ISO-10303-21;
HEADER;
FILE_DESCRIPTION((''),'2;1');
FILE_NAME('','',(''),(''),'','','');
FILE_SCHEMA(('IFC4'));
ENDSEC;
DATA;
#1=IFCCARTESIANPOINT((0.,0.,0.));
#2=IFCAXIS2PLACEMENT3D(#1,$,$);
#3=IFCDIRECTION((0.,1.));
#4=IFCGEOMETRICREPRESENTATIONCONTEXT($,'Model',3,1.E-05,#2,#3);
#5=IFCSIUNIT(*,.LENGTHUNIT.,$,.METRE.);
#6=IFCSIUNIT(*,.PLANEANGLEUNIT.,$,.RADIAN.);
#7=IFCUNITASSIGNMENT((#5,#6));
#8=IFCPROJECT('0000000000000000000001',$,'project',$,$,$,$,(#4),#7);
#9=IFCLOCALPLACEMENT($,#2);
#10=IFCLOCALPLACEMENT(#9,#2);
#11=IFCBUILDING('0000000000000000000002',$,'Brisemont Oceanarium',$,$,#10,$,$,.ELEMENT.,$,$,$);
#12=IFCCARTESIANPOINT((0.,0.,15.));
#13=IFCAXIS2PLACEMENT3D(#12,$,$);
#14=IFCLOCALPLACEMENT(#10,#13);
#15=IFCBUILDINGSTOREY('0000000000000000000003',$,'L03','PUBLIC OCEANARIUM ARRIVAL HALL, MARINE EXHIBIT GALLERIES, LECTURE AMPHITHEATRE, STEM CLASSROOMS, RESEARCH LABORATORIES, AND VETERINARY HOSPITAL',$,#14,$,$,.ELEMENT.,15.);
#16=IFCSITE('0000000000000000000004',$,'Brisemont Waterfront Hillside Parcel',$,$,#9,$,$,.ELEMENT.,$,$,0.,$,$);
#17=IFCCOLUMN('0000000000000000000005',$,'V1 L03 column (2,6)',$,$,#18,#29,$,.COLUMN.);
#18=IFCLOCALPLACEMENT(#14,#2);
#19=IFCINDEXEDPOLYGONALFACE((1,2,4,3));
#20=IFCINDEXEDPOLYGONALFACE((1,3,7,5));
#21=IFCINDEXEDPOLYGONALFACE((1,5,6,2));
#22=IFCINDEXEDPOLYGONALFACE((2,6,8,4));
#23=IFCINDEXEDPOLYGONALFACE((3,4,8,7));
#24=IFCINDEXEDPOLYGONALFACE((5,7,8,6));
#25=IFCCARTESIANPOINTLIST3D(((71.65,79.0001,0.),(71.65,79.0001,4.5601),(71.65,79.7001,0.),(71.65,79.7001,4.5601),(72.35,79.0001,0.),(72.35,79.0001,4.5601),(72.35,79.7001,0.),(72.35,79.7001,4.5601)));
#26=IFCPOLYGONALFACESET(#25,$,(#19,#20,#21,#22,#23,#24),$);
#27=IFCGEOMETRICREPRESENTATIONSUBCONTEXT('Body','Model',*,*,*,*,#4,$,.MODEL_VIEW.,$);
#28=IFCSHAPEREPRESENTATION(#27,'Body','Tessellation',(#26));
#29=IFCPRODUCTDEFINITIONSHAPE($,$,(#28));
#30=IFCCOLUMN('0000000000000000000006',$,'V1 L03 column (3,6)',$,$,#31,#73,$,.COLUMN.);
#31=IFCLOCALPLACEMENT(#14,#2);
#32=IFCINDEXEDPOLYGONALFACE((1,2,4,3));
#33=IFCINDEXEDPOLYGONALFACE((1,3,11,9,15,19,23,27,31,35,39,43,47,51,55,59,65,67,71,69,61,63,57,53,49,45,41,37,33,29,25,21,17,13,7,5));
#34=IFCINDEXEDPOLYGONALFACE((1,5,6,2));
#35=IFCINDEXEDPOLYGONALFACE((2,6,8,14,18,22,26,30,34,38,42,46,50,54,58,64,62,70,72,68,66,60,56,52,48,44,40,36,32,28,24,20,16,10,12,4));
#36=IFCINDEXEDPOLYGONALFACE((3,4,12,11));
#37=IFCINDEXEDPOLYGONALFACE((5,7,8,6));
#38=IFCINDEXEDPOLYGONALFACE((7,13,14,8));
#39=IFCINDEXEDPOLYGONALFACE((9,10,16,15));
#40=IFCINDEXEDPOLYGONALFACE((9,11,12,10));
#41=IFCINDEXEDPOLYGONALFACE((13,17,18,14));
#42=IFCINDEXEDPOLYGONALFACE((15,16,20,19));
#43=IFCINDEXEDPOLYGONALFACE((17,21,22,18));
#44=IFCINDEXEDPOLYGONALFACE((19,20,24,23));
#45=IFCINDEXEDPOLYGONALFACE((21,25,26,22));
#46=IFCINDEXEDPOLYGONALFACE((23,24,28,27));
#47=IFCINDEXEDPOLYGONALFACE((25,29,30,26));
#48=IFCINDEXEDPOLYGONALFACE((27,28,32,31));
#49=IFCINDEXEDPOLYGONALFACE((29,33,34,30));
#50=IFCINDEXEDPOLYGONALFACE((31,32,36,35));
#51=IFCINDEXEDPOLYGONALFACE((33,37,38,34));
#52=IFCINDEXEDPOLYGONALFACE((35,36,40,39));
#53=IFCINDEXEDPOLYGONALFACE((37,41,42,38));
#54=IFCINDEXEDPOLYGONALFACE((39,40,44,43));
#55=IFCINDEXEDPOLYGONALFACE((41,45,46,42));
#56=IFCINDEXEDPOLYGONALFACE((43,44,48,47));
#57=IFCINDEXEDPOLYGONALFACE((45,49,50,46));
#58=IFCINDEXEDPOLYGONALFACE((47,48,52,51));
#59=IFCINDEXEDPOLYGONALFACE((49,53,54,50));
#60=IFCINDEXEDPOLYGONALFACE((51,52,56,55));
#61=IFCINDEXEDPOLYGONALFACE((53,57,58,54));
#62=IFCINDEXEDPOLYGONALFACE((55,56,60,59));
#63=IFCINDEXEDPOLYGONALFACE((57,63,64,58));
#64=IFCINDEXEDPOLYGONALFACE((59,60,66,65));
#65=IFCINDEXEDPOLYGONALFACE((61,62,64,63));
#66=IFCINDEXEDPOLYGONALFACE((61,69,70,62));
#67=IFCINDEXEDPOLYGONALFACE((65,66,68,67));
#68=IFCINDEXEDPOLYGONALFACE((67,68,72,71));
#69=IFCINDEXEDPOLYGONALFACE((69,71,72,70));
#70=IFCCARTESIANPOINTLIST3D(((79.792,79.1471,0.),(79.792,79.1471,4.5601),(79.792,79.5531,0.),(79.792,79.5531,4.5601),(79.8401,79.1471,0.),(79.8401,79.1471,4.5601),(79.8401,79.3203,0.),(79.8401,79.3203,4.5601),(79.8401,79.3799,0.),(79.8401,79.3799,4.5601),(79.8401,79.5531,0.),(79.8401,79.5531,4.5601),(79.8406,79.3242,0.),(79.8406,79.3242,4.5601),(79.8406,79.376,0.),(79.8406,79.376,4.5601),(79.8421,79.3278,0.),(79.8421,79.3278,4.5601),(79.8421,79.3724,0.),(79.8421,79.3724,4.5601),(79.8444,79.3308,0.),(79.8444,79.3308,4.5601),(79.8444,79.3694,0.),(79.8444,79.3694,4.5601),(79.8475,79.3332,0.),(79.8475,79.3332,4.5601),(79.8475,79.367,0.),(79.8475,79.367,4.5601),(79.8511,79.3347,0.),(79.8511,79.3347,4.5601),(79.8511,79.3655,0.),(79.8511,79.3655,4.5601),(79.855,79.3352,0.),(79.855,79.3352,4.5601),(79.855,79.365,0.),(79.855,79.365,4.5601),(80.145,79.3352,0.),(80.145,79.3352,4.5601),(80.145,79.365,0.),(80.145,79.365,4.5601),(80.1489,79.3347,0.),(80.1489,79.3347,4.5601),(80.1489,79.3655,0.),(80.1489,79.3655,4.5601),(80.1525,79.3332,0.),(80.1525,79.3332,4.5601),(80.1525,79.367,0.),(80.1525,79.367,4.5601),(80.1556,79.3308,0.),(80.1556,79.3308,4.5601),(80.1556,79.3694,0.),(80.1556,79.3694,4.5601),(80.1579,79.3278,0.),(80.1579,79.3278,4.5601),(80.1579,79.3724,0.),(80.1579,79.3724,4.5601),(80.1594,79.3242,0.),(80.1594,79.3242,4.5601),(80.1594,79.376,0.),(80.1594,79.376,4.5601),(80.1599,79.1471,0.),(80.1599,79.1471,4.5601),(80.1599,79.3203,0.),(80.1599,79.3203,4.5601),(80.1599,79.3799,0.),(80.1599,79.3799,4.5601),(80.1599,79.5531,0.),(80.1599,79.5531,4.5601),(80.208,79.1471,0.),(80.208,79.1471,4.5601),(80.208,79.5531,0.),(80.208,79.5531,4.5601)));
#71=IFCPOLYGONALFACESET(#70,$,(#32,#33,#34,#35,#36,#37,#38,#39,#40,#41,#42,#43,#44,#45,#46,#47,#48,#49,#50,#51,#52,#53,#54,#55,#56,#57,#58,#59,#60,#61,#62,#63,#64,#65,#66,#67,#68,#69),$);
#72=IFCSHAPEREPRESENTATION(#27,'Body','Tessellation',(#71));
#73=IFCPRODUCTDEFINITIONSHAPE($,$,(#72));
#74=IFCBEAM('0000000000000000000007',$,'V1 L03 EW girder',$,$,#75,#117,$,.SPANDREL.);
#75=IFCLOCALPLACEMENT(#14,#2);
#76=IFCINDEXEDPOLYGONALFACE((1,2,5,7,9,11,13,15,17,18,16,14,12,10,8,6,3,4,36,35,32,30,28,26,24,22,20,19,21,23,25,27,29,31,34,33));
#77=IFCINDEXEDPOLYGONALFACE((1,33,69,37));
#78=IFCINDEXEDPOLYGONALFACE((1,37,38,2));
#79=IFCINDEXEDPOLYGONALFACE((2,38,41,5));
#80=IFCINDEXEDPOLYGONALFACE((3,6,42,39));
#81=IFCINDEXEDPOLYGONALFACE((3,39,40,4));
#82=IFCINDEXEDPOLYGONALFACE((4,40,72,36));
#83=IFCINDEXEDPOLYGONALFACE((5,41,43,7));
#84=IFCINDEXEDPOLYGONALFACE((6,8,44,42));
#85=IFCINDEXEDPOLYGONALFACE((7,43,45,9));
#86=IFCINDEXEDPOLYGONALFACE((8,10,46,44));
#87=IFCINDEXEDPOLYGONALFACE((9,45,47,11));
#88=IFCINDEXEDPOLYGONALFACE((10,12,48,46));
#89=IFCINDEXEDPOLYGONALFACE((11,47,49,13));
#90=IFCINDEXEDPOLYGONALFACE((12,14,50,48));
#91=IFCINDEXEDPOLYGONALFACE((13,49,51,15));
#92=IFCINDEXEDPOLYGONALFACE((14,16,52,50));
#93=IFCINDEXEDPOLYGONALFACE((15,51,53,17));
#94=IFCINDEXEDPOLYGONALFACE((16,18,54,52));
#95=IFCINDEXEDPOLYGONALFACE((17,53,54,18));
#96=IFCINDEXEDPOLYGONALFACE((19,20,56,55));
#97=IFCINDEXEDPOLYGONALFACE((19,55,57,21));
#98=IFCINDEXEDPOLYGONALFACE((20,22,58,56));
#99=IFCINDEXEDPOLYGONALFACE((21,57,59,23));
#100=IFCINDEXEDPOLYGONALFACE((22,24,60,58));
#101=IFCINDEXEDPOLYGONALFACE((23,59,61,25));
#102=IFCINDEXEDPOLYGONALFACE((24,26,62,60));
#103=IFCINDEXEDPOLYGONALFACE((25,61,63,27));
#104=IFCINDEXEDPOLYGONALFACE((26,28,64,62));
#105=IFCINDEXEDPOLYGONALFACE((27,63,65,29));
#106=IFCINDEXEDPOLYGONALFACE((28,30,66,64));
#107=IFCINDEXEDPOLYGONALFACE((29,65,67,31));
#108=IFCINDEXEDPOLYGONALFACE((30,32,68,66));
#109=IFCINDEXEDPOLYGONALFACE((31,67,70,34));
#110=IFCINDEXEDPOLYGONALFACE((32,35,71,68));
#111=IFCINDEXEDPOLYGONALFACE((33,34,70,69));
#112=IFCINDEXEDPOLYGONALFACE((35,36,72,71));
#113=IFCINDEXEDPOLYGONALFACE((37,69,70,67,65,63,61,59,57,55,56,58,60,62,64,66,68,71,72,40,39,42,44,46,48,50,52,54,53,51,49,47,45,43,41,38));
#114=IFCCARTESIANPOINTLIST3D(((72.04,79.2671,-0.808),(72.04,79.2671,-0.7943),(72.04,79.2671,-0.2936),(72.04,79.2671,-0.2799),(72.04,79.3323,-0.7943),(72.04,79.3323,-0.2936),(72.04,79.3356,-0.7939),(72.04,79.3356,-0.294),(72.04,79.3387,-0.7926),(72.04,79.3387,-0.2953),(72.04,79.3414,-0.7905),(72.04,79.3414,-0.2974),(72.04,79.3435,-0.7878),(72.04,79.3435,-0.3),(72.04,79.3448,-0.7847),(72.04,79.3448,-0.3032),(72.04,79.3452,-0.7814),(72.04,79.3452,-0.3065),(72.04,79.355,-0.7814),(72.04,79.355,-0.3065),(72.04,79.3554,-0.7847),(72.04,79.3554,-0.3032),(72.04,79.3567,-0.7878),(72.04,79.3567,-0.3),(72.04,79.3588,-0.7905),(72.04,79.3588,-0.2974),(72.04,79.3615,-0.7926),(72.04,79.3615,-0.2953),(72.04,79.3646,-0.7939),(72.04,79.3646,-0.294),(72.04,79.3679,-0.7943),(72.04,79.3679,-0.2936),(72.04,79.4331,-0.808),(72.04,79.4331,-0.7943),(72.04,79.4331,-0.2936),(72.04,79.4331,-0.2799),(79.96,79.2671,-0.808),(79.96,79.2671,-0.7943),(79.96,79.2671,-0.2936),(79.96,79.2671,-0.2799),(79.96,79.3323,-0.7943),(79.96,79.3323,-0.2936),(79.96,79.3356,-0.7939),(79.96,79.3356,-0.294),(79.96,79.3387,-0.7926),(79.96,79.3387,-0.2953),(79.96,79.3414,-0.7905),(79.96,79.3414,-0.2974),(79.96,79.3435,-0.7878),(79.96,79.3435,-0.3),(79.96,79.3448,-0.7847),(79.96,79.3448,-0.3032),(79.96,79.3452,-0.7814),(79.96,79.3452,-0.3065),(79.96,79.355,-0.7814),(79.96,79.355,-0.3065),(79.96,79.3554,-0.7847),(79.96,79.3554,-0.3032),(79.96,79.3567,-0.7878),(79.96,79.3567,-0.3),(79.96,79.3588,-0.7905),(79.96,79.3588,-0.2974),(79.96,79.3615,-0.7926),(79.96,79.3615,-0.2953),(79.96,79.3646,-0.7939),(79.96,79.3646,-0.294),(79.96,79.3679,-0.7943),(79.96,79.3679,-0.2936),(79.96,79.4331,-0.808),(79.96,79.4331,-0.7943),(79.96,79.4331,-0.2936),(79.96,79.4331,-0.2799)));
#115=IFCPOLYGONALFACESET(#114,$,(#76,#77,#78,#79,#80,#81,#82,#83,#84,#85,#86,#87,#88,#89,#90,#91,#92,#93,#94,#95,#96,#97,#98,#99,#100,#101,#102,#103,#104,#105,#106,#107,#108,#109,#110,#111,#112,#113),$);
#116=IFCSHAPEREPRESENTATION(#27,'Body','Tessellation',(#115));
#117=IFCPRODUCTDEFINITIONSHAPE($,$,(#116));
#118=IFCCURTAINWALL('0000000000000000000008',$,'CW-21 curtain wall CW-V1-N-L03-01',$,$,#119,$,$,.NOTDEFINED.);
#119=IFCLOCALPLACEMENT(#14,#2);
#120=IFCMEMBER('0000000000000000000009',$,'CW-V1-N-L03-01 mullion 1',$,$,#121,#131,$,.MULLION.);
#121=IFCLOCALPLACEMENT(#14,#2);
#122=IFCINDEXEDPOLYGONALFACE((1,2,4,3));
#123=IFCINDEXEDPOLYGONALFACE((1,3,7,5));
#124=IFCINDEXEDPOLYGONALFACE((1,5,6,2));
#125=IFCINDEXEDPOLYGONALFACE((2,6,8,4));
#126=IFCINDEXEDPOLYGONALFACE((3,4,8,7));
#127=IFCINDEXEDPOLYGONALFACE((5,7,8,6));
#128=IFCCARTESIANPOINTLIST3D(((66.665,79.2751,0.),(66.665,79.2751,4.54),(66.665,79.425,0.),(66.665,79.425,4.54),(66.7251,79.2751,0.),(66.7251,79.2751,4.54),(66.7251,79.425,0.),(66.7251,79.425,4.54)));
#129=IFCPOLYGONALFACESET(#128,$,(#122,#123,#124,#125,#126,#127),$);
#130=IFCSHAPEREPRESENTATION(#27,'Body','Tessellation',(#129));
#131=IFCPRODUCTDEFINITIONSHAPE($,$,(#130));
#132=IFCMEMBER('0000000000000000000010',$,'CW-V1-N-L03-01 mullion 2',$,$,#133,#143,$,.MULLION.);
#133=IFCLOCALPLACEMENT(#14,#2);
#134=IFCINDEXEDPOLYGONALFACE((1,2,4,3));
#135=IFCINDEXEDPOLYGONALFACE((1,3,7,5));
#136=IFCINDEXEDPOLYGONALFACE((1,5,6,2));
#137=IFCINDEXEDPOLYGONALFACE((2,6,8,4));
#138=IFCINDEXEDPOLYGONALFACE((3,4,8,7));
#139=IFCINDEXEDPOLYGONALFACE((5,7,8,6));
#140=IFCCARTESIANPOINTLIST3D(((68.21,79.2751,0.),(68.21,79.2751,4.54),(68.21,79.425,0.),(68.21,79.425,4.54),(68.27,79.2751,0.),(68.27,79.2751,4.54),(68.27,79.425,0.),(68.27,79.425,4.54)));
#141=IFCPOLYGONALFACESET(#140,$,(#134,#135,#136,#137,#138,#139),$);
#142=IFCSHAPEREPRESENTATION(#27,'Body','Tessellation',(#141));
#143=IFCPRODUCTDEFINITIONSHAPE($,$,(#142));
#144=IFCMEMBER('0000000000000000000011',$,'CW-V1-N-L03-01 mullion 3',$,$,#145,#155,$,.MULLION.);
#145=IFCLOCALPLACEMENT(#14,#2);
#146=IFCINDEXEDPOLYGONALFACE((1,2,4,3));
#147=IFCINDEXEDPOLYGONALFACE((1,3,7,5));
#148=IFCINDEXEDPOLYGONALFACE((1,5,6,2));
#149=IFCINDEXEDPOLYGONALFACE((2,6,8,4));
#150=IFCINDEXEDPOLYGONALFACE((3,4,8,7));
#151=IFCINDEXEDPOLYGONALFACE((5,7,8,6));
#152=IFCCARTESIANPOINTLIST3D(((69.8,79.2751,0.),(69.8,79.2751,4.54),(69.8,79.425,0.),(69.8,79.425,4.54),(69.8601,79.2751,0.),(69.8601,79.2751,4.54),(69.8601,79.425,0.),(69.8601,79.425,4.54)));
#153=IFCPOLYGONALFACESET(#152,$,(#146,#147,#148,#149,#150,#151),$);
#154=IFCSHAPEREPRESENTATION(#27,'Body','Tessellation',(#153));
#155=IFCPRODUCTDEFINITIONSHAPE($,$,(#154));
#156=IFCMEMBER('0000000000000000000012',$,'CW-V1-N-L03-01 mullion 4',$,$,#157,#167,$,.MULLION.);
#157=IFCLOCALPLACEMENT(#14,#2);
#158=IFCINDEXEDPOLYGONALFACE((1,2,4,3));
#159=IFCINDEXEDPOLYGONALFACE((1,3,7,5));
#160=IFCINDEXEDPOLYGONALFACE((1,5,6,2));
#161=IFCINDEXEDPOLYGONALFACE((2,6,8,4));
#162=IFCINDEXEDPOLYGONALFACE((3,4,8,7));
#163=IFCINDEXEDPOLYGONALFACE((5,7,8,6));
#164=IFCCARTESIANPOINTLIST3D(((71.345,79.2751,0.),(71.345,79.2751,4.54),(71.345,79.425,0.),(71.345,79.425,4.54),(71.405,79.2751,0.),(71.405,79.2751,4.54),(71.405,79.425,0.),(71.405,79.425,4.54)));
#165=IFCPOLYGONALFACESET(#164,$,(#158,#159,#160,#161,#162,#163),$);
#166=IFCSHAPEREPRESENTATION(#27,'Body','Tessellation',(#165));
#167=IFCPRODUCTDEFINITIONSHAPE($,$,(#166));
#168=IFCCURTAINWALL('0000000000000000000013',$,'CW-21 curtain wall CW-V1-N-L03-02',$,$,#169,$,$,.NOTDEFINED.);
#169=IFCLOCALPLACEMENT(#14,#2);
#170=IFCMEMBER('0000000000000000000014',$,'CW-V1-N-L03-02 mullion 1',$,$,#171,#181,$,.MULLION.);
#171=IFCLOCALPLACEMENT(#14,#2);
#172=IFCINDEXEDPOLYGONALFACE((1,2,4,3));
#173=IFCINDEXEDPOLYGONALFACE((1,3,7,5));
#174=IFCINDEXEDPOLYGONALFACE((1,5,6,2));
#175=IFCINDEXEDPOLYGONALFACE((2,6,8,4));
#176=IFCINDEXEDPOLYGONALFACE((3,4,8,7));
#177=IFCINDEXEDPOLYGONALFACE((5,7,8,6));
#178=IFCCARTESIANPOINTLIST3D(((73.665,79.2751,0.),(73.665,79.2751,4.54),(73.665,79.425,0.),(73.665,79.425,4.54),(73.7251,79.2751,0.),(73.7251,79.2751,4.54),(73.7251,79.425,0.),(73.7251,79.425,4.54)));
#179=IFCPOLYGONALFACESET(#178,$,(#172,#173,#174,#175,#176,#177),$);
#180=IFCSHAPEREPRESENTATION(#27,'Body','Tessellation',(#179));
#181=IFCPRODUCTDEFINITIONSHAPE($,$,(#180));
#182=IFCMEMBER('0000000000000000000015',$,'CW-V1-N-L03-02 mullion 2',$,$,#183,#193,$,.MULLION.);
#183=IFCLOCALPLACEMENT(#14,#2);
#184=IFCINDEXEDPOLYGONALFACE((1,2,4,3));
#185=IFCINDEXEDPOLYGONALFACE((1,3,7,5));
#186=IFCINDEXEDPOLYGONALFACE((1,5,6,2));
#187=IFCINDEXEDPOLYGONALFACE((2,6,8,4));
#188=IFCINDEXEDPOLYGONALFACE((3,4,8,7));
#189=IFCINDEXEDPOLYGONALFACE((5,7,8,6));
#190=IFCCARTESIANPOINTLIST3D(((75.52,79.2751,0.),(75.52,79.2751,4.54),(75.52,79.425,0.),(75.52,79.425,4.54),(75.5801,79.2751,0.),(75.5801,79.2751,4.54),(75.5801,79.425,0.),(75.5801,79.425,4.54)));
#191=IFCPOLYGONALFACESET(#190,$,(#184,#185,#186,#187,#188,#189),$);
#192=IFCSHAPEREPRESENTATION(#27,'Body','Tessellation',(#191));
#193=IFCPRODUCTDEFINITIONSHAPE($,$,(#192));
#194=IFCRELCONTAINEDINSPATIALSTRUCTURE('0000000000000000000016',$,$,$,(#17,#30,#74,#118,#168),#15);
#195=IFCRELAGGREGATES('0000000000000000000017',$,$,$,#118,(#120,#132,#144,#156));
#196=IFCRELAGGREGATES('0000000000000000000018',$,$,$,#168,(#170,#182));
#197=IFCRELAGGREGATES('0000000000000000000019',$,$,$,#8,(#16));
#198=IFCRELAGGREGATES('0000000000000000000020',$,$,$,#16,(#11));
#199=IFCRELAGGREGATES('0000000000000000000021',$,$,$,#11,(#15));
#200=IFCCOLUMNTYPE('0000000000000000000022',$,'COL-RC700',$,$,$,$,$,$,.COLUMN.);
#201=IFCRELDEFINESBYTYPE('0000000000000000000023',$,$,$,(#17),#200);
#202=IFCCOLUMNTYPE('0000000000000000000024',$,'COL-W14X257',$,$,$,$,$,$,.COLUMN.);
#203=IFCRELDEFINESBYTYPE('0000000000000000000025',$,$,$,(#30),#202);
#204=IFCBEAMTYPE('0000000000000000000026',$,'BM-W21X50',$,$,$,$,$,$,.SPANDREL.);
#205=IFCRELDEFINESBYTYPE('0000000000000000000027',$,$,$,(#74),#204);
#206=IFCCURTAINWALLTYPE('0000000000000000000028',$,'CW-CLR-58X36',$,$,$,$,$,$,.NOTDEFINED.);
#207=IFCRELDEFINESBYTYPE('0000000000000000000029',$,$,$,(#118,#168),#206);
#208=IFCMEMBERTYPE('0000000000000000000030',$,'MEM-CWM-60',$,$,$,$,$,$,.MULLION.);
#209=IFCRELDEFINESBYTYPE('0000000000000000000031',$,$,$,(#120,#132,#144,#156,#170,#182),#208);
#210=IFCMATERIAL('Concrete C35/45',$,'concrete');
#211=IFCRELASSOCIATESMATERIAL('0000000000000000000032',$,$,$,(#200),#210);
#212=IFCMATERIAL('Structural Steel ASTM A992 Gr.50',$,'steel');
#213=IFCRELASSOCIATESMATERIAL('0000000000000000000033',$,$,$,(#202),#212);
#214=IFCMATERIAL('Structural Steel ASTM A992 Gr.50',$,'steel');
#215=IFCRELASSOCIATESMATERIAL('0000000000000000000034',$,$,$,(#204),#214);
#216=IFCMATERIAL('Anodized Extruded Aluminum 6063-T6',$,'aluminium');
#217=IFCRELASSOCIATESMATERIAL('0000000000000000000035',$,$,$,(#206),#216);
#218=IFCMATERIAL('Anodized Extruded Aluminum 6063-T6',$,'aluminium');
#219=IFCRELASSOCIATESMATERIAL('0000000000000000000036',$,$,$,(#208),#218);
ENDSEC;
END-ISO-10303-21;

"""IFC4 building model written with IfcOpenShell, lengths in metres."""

from ifc_helpers import new_model, si_unit, direction, frame, origin, origin_2d, place, context, subcontext, project, spatial, rectangle, i_section, extrude, material, material_profile, profile_set, type_object, element, aggregate, save


model = new_model("IFC4")

# Units and contexts
model_context = context("Model", 3, precision=1e-05, world=origin(), true_north=direction((0.0, 1.0)))
body_context = subcontext(model_context, "Body", "Model", "MODEL_VIEW")
ifc_project = project(units=[si_unit("LENGTHUNIT", "METRE"), si_unit("PLANEANGLEUNIT", "RADIAN")], contexts=[model_context])

# Site, building, storey
site_placement = place(None, origin())
site = spatial("IfcSite", under=ifc_project, at=site_placement, Name="Brisemont Waterfront Hillside Parcel", CompositionType="ELEMENT", RefElevation=0.0)
building_placement = place(site_placement, origin())
building = spatial("IfcBuilding", under=site, at=building_placement, Name="Brisemont Oceanarium", CompositionType="ELEMENT")
storey_placement = place(building_placement, frame((0.0, 0.0, 15.0)))
storey = spatial("IfcBuildingStorey", under=building, at=storey_placement, Name="L03", Description="PUBLIC OCEANARIUM ARRIVAL HALL, MARINE EXHIBIT GALLERIES, LECTURE AMPHITHEATRE, STEM CLASSROOMS, RESEARCH LABORATORIES, AND VETERINARY HOSPITAL", CompositionType="ELEMENT", Elevation=15.0)

# Columns
ifc_material_1 = material(Name="Concrete C35/45", Category="concrete")
ifc_material_profile_1 = material_profile(ifc_material_1, rectangle(XDim=0.7, YDim=0.7, at=origin_2d()), Name="RC-COL-700X700")
ifc_profile_set_1 = profile_set([ifc_material_profile_1], Name="Concrete C35/45")
column_type_1 = type_object("IfcColumnType", Name="COL-RC700", PredefinedType="COLUMN", material=ifc_profile_set_1)
column_1_placement = place(storey_placement, frame((72.0, 79.3501, 0.0), z_axis=(0.0, 0.0, 1.0), x_axis=(1.0, 0.0, 0.0)))
element("IfcColumn", 1, at=column_1_placement, inside=storey, type_object=column_type_1, Name="V1 L03 column (2,6)", PredefinedType="COLUMN", context=body_context, shape_type="SweptSolid", body=[
    extrude(rectangle(XDim=0.7, YDim=0.7, at=origin_2d()), origin(), (0.0, 0.0, 1.0), 4.5601),
])
ifc_material_2 = material(Name="Structural Steel ASTM A992 Gr.50", Category="steel")
ifc_material_profile_2 = material_profile(ifc_material_2, i_section(OverallWidth=0.406, OverallDepth=0.416, WebThickness=0.0298, FlangeThickness=0.0481, FilletRadius=0.0149, at=origin_2d()), Name="W14X257")
ifc_profile_set_2 = profile_set([ifc_material_profile_2], Name="Structural Steel ASTM A992 Gr.50")
column_type_2 = type_object("IfcColumnType", Name="COL-W14X257", PredefinedType="COLUMN", material=ifc_profile_set_2)
column_2_placement = place(storey_placement, frame((80.0, 79.3501, 0.0), z_axis=(0.0, 0.0, 1.0), x_axis=(0.0, 1.0, 0.0)))
element("IfcColumn", 2, at=column_2_placement, inside=storey, type_object=column_type_2, Name="V1 L03 column (3,6)", PredefinedType="COLUMN", context=body_context, shape_type="SweptSolid", body=[
    extrude(i_section(OverallWidth=0.406, OverallDepth=0.416, WebThickness=0.0298, FlangeThickness=0.0481, FilletRadius=0.0149, at=origin_2d()), origin(), (0.0, 0.0, 1.0), 4.5601),
])

# Beam
ifc_material_3 = material(Name="Structural Steel ASTM A992 Gr.50", Category="steel")
ifc_material_profile_3 = material_profile(ifc_material_3, i_section(OverallWidth=0.166, OverallDepth=0.5281, WebThickness=0.0098, FlangeThickness=0.0137, FilletRadius=0.0129, at=origin_2d()), Name="W21X50")
ifc_profile_set_3 = profile_set([ifc_material_profile_3], Name="Structural Steel ASTM A992 Gr.50")
beam_type = type_object("IfcBeamType", Name="BM-W21X50", PredefinedType="SPANDREL", material=ifc_profile_set_3)
beam_placement = place(storey_placement, frame((72.04, 79.3501, -0.5439), z_axis=(1.0, 0.0, 0.0), x_axis=(0.0, 1.0, 0.0)))
element("IfcBeam", 3, at=beam_placement, inside=storey, type_object=beam_type, Name="V1 L03 EW girder", PredefinedType="SPANDREL", context=body_context, shape_type="SweptSolid", body=[
    extrude(i_section(OverallWidth=0.166, OverallDepth=0.5281, WebThickness=0.0098, FlangeThickness=0.0137, FilletRadius=0.0129, at=origin_2d()), origin(), (0.0, 0.0, 1.0), 7.9199),
])

# Curtain walls, members
ifc_material_4 = material(Name="Anodized Extruded Aluminum 6063-T6", Category="aluminium")
curtain_wall_type = type_object("IfcCurtainWallType", Name="CW-CLR-58X36", PredefinedType="NOTDEFINED", material=ifc_material_4)
curtain_wall_1_placement = place(storey_placement, origin())
curtain_wall_1 = element("IfcCurtainWall", 4, at=curtain_wall_1_placement, inside=storey, type_object=curtain_wall_type, Name="CW-21 curtain wall CW-V1-N-L03-01", PredefinedType="NOTDEFINED")
ifc_material_5 = material(Name="Anodized Extruded Aluminum 6063-T6", Category="aluminium")
ifc_material_profile_4 = material_profile(ifc_material_5, rectangle(XDim=0.0601, YDim=0.1499, at=origin_2d()), Name="CWM-60X150")
ifc_profile_set_4 = profile_set([ifc_material_profile_4], Name="Anodized Extruded Aluminum 6063-T6")
member_type_1 = type_object("IfcMemberType", Name="MEM-CWM-60", PredefinedType="MULLION", material=ifc_profile_set_4)
member_1_placement = place(storey_placement, frame((66.6951, 79.3501, 0.0), z_axis=(0.0, 0.0, 1.0), x_axis=(1.0, 0.0, 0.0)))
member_1 = element("IfcMember", 5, at=member_1_placement, type_object=member_type_1, Name="CW-V1-N-L03-01 mullion 1", PredefinedType="MULLION", context=body_context, shape_type="SweptSolid", body=[
    extrude(rectangle(XDim=0.0601, YDim=0.1499, at=origin_2d()), origin(), (0.0, 0.0, 1.0), 4.54),
])
member_2_placement = place(storey_placement, frame((68.24, 79.3501, 0.0), z_axis=(0.0, 0.0, 1.0), x_axis=(1.0, 0.0, 0.0)))
member_2 = element("IfcMember", 6, at=member_2_placement, type_object=member_type_1, Name="CW-V1-N-L03-01 mullion 2", PredefinedType="MULLION", context=body_context, shape_type="SweptSolid", body=[
    extrude(rectangle(XDim=0.0601, YDim=0.1499, at=origin_2d()), origin(), (0.0, 0.0, 1.0), 4.54),
])
member_3_placement = place(storey_placement, frame((69.8301, 79.3501, 0.0), z_axis=(0.0, 0.0, 1.0), x_axis=(1.0, 0.0, 0.0)))
member_3 = element("IfcMember", 7, at=member_3_placement, type_object=member_type_1, Name="CW-V1-N-L03-01 mullion 3", PredefinedType="MULLION", context=body_context, shape_type="SweptSolid", body=[
    extrude(rectangle(XDim=0.0601, YDim=0.1499, at=origin_2d()), origin(), (0.0, 0.0, 1.0), 4.54),
])
member_4_placement = place(storey_placement, frame((71.375, 79.3501, 0.0), z_axis=(0.0, 0.0, 1.0), x_axis=(1.0, 0.0, 0.0)))
member_4 = element("IfcMember", 8, at=member_4_placement, type_object=member_type_1, Name="CW-V1-N-L03-01 mullion 4", PredefinedType="MULLION", context=body_context, shape_type="SweptSolid", body=[
    extrude(rectangle(XDim=0.0601, YDim=0.1499, at=origin_2d()), origin(), (0.0, 0.0, 1.0), 4.54),
])
curtain_wall_2_placement = place(storey_placement, origin())
curtain_wall_2 = element("IfcCurtainWall", 9, at=curtain_wall_2_placement, inside=storey, type_object=curtain_wall_type, Name="CW-21 curtain wall CW-V1-N-L03-02", PredefinedType="NOTDEFINED")
member_5_placement = place(storey_placement, frame((73.6951, 79.3501, 0.0), z_axis=(0.0, 0.0, 1.0), x_axis=(1.0, 0.0, 0.0)))
member_5 = element("IfcMember", 10, at=member_5_placement, type_object=member_type_1, Name="CW-V1-N-L03-02 mullion 1", PredefinedType="MULLION", context=body_context, shape_type="SweptSolid", body=[
    extrude(rectangle(XDim=0.0601, YDim=0.1499, at=origin_2d()), origin(), (0.0, 0.0, 1.0), 4.54),
])
member_6_placement = place(storey_placement, frame((75.55, 79.3501, 0.0), z_axis=(0.0, 0.0, 1.0), x_axis=(1.0, 0.0, 0.0)))
member_6 = element("IfcMember", 11, at=member_6_placement, type_object=member_type_1, Name="CW-V1-N-L03-02 mullion 2", PredefinedType="MULLION", context=body_context, shape_type="SweptSolid", body=[
    extrude(rectangle(XDim=0.0601, YDim=0.1499, at=origin_2d()), origin(), (0.0, 0.0, 1.0), 4.54),
])

aggregate(curtain_wall_1, [member_1, member_2, member_3, member_4])
aggregate(curtain_wall_2, [member_5, member_6])

save(model, "model.ifc")
